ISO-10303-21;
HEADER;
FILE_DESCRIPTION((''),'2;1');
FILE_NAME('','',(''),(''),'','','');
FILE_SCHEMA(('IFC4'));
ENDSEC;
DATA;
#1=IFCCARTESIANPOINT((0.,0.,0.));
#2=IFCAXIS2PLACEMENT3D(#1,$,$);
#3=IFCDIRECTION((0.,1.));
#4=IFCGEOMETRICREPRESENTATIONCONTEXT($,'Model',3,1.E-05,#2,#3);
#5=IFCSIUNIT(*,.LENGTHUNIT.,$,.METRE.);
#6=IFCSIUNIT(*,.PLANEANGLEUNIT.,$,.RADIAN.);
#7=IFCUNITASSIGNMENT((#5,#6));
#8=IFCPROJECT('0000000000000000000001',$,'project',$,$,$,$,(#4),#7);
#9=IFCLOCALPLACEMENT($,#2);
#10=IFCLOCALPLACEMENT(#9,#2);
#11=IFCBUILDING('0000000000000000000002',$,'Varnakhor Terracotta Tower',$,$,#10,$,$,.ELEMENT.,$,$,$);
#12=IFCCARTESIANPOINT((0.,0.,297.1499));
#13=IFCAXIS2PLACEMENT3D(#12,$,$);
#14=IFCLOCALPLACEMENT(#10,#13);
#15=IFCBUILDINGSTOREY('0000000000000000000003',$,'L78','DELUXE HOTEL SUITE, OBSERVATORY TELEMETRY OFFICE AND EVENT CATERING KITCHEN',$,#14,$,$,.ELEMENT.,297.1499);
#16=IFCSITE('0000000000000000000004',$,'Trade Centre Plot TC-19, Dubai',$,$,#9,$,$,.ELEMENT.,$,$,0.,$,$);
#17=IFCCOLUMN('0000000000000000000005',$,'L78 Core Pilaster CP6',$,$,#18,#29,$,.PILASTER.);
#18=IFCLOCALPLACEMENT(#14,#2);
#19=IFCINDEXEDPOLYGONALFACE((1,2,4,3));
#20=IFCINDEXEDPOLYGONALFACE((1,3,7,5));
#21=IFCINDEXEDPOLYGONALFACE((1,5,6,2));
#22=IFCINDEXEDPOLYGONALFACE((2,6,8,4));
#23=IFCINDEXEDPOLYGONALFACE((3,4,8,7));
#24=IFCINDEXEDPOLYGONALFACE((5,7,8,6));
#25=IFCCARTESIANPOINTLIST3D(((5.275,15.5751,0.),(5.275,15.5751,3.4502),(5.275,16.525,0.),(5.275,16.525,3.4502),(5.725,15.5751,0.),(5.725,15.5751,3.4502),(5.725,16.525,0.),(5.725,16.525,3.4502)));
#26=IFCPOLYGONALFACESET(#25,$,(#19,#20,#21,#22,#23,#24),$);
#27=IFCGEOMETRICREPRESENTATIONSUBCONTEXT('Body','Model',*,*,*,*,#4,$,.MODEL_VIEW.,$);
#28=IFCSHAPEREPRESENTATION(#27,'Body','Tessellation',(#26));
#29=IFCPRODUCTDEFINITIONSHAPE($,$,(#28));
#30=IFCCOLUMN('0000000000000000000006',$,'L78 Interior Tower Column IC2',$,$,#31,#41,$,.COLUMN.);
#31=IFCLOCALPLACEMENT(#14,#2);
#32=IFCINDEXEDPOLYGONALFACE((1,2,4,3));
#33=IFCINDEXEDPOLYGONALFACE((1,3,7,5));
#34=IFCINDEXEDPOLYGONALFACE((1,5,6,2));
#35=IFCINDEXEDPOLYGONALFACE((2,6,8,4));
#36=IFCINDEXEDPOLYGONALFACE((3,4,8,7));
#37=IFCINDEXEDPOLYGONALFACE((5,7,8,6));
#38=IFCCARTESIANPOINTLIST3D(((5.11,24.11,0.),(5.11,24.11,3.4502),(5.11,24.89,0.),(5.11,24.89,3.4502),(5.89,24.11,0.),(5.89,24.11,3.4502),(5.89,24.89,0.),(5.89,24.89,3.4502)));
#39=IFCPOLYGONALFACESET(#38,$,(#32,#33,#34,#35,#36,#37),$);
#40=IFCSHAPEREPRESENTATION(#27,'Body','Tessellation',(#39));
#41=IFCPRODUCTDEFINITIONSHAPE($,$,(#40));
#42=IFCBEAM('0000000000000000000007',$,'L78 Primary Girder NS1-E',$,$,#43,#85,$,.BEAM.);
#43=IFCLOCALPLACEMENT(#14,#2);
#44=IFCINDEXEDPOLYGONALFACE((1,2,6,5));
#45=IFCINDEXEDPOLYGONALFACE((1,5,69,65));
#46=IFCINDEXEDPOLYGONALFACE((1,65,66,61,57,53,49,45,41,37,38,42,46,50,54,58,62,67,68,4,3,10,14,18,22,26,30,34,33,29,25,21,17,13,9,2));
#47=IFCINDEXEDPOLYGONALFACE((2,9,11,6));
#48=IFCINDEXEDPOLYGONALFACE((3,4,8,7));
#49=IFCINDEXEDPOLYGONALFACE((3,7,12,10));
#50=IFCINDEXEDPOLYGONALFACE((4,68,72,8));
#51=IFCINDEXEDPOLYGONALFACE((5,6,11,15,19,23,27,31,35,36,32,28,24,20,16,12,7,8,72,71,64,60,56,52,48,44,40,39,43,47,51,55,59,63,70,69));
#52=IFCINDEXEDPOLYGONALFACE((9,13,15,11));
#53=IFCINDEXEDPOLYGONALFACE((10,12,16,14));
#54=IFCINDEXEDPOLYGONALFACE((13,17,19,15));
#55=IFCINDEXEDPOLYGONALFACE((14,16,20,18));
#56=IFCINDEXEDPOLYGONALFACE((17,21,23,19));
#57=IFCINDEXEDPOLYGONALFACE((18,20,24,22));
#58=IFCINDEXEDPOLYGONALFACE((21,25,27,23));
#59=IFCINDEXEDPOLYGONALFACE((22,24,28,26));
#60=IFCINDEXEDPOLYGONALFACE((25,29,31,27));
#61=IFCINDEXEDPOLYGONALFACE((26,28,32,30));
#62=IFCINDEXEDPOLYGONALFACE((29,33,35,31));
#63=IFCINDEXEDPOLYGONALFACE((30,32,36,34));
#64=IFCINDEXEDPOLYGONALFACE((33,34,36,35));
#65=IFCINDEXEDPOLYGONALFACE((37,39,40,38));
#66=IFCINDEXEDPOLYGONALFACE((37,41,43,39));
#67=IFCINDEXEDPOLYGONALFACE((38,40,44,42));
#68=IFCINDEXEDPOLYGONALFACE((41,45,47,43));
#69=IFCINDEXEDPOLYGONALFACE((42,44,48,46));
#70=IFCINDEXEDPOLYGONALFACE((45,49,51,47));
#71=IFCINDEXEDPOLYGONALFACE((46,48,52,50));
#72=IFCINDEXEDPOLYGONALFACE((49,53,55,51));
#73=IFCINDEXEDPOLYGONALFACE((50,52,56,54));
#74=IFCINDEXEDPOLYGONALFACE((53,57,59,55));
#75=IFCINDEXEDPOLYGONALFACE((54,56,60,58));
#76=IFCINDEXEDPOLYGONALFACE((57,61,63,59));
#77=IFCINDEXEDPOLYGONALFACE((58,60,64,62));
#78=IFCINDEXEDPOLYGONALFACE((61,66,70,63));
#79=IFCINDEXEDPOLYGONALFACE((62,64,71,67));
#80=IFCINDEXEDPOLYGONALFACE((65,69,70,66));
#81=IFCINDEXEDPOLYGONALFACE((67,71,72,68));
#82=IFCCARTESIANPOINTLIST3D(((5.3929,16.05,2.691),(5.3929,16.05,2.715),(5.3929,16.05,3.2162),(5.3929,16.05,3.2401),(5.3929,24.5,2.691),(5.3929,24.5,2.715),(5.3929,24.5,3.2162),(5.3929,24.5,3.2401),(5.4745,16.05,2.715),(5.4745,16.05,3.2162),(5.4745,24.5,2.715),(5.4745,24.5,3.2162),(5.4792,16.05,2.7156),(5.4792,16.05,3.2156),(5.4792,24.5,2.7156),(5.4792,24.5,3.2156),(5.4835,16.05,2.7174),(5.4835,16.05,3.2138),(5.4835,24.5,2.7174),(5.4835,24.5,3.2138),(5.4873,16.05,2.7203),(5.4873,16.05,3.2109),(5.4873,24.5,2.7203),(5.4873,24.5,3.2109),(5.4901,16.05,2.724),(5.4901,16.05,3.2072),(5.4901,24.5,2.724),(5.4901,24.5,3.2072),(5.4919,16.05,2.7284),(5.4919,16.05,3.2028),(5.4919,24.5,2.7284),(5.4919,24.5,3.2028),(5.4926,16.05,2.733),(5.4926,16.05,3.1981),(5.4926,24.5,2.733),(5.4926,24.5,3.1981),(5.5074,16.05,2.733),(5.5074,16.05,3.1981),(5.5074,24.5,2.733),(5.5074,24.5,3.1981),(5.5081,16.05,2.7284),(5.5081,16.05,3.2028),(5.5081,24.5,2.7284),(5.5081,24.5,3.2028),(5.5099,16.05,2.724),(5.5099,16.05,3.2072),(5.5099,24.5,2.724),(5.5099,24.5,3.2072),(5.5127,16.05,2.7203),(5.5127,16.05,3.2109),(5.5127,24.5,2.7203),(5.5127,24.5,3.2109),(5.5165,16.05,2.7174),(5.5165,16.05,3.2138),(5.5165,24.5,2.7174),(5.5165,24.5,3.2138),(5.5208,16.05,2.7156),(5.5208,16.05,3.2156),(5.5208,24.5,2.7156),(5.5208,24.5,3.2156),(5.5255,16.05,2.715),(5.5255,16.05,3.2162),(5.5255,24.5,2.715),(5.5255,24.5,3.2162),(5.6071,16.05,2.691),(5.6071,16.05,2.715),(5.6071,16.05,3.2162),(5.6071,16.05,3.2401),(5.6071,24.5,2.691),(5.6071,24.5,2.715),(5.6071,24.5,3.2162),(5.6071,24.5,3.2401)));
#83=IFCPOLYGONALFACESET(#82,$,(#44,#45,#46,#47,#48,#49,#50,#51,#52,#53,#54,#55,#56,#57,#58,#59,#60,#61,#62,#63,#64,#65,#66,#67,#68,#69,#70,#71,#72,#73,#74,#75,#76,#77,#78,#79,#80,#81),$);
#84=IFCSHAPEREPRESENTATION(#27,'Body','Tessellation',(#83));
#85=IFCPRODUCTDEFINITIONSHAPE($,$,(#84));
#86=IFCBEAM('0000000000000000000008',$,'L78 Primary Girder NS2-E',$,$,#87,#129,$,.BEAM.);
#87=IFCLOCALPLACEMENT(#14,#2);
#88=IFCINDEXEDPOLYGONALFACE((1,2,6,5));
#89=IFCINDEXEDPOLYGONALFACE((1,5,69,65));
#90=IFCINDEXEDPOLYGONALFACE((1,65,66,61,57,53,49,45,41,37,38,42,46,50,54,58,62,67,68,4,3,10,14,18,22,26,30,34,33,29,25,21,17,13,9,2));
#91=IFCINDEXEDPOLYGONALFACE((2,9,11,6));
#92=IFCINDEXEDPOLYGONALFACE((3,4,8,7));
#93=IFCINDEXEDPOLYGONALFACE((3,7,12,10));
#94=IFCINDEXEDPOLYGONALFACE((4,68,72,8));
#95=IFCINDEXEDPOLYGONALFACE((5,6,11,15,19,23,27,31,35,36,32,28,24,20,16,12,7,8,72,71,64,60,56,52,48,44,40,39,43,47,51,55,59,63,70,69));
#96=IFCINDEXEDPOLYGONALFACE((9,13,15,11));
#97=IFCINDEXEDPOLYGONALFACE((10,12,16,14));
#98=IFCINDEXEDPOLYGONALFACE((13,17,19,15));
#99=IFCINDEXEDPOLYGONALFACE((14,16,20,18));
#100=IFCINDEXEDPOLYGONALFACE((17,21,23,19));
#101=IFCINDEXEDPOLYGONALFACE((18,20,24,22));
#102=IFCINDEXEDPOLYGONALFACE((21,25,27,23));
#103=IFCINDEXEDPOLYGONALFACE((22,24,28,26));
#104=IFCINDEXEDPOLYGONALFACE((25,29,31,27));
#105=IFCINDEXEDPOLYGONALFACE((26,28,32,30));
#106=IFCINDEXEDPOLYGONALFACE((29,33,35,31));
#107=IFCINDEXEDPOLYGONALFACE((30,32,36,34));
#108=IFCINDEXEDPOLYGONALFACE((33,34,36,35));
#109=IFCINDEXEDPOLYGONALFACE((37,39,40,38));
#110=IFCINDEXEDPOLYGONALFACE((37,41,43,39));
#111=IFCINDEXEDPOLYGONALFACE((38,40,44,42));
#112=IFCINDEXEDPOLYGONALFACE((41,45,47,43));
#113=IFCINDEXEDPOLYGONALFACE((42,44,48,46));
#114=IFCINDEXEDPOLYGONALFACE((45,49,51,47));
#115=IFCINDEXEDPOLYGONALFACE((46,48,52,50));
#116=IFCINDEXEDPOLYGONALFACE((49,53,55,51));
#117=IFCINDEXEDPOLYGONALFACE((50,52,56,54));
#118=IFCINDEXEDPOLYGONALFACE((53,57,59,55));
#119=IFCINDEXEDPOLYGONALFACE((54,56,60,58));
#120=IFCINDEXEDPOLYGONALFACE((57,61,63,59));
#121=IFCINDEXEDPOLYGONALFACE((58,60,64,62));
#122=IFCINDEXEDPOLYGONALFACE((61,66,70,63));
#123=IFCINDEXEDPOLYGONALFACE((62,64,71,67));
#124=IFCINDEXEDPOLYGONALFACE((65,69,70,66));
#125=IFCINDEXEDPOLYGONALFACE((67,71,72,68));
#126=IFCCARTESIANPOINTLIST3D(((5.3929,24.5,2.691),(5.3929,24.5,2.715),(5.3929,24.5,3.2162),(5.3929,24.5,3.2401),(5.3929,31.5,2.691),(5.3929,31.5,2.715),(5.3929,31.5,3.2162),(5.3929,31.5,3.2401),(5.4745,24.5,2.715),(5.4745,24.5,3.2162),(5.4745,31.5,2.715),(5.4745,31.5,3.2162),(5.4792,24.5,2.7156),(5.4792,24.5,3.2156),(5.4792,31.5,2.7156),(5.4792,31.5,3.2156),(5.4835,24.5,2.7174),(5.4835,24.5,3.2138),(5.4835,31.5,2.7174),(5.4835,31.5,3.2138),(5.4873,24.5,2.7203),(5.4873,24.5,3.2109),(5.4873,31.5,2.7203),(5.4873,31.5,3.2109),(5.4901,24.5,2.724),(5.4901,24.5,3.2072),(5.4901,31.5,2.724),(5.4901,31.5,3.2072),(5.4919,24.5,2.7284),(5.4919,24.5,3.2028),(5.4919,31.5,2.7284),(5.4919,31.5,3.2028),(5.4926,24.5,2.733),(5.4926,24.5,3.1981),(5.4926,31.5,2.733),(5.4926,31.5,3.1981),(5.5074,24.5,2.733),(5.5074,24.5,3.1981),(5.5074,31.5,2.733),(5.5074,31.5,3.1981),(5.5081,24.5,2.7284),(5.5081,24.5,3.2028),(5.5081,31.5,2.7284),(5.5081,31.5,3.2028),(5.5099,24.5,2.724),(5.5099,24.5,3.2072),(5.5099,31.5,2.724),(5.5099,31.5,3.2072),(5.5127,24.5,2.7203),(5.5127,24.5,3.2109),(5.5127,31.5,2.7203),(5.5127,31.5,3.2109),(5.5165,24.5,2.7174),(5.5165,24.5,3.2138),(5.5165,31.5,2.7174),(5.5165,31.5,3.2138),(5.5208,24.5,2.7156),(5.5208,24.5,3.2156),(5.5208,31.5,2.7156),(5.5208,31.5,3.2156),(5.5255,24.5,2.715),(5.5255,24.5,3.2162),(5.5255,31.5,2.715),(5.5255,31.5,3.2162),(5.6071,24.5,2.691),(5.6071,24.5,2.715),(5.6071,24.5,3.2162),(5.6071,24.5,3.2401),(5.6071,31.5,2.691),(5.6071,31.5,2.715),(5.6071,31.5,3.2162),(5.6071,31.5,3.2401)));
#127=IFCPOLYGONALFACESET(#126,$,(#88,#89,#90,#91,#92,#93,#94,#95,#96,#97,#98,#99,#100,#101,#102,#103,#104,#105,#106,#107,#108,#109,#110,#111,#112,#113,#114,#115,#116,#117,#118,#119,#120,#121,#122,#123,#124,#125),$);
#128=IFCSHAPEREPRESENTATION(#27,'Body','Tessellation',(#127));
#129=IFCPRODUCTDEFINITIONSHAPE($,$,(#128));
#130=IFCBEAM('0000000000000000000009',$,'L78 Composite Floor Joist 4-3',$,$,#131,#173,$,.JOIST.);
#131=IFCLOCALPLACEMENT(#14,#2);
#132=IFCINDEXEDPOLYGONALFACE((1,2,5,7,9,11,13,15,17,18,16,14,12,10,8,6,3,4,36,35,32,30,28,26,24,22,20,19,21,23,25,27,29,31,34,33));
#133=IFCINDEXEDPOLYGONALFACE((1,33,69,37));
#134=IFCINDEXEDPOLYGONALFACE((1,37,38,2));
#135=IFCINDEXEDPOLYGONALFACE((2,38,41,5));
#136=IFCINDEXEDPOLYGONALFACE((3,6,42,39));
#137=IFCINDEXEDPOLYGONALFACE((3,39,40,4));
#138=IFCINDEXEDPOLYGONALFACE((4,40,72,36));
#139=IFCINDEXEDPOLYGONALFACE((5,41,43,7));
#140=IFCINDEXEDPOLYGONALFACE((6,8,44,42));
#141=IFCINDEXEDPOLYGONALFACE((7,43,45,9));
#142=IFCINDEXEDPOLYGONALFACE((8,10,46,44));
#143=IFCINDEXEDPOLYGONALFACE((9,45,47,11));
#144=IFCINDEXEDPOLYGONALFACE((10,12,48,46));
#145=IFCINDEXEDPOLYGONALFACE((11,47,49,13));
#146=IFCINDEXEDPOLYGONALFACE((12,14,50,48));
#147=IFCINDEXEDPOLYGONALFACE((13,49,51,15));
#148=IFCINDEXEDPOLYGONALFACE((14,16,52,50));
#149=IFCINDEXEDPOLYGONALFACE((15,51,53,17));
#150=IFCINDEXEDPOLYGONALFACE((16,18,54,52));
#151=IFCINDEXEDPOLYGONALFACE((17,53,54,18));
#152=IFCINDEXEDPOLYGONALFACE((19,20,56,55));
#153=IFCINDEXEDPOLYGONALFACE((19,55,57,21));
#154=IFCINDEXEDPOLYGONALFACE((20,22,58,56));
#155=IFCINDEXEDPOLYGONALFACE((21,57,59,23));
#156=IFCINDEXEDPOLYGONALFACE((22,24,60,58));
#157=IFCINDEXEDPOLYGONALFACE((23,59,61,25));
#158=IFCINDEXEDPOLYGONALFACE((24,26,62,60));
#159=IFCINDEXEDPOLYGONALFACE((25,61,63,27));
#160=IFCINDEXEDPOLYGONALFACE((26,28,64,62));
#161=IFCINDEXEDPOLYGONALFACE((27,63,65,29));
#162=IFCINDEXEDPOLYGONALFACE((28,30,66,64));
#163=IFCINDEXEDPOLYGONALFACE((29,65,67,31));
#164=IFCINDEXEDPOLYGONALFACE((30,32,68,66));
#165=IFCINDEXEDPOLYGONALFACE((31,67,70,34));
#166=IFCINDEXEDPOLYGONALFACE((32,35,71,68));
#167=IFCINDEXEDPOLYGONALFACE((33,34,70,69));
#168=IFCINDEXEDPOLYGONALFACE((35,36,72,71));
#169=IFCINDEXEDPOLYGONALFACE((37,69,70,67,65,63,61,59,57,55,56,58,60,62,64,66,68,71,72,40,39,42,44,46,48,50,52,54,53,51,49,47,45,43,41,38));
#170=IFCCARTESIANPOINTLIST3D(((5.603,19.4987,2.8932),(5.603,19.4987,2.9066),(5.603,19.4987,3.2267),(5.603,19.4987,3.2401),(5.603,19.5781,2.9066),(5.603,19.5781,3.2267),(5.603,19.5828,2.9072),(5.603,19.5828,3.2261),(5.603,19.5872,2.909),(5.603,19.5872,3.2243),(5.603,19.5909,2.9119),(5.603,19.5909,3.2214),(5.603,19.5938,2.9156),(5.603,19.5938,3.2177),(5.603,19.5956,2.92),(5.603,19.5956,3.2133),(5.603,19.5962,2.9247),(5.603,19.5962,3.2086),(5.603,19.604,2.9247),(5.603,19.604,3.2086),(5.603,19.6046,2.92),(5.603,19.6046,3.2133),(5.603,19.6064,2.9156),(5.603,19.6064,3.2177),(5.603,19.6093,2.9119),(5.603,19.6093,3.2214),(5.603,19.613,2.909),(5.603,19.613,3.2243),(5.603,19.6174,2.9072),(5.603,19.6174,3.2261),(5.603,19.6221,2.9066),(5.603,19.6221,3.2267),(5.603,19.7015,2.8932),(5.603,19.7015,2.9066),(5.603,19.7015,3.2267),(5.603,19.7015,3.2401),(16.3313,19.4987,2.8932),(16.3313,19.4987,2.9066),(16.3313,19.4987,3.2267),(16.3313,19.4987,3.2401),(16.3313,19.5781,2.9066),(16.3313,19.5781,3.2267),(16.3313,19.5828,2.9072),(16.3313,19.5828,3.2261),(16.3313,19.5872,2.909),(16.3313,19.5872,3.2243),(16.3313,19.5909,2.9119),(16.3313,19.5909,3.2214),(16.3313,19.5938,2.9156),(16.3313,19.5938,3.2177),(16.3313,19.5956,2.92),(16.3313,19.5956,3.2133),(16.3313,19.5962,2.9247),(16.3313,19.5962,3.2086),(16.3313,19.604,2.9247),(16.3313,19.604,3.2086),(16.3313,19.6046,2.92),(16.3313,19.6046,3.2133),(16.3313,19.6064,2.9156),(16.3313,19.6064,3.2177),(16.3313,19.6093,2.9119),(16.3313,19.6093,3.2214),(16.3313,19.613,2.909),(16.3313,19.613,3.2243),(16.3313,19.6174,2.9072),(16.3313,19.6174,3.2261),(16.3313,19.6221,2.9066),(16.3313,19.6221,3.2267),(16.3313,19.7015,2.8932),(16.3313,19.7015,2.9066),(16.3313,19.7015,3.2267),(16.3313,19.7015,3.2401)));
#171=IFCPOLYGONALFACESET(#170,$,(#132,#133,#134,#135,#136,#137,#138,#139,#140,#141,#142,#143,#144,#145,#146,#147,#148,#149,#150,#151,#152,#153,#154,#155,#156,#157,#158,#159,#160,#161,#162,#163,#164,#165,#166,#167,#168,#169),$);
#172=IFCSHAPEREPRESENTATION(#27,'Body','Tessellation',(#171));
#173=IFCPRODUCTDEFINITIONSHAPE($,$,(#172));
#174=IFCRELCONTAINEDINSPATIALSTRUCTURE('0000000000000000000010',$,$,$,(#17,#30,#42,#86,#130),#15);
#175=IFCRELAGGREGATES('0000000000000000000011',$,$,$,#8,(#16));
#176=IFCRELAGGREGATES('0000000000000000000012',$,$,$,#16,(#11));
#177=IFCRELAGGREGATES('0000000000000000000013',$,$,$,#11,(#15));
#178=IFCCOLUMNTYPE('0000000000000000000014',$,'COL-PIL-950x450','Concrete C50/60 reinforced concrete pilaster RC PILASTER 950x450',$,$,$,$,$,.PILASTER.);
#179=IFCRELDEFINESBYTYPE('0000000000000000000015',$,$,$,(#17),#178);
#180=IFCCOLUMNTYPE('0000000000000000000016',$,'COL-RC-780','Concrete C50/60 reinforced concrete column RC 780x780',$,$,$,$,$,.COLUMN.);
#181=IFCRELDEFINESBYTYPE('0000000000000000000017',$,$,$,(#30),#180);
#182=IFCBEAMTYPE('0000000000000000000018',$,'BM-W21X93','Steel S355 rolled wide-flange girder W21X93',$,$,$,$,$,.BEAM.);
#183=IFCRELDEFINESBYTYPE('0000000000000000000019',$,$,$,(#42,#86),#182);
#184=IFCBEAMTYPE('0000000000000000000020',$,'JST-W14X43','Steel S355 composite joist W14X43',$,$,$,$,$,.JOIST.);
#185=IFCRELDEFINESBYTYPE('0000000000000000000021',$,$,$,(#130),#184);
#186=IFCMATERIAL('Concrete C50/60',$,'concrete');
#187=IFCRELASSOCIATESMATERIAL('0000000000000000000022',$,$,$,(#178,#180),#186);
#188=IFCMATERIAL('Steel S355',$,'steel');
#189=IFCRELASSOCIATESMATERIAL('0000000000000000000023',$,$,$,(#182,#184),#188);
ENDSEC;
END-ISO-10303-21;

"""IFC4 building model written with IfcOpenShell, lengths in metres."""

from ifc_helpers import new_model, si_unit, direction, frame, origin, origin_2d, place, context, subcontext, project, spatial, rectangle, i_section, extrude, source, transform, mapped, material, material_profile, profile_set, type_object, type_shapes, element, save


model = new_model("IFC4")

# Units and contexts
model_context = context("Model", 3, precision=1e-05, world=origin(), true_north=direction((0.0, 1.0)))
body_context = subcontext(model_context, "Body", "Model", "MODEL_VIEW")
ifc_project = project(units=[si_unit("LENGTHUNIT", "METRE"), si_unit("PLANEANGLEUNIT", "RADIAN")], contexts=[model_context])

# Site, building, storey
site_placement = place(None, origin())
site = spatial("IfcSite", under=ifc_project, at=site_placement, Name="Trade Centre Plot TC-19, Dubai", CompositionType="ELEMENT", RefElevation=0.0)
building_placement = place(site_placement, origin())
building = spatial("IfcBuilding", under=site, at=building_placement, Name="Varnakhor Terracotta Tower", CompositionType="ELEMENT")
storey_placement = place(building_placement, frame((0.0, 0.0, 297.1499)))
storey = spatial("IfcBuildingStorey", under=building, at=storey_placement, Name="L78", Description="DELUXE HOTEL SUITE, OBSERVATORY TELEMETRY OFFICE AND EVENT CATERING KITCHEN", CompositionType="ELEMENT", Elevation=297.1499)

# Columns
ifc_material_1 = material(Name="Concrete C50/60", Category="concrete")
ifc_material_profile_1 = material_profile(ifc_material_1, rectangle(XDim=0.45, YDim=0.95, at=origin_2d()), Name="RC PILASTER 950x450")
ifc_profile_set_1 = profile_set([ifc_material_profile_1], Name="Concrete C50/60")
column_type_1 = type_object("IfcColumnType", Name="COL-PIL-950x450", Description="Concrete C50/60 reinforced concrete pilaster RC PILASTER 950x450", PredefinedType="PILASTER", material=ifc_profile_set_1)
shared_shape_1 = source(origin(), body_context, "Body", "SweptSolid", [
    extrude(rectangle(XDim=0.45, YDim=0.95, at=origin_2d()), origin(), (0.0, 0.0, 1.0), 3.4502),
])
column_1_placement = place(storey_placement, frame((5.5, 16.05, 0.0), z_axis=(0.0, 0.0, 1.0), x_axis=(1.0, 0.0, 0.0)))
element("IfcColumn", 1, at=column_1_placement, inside=storey, type_object=column_type_1, Name="L78 Core Pilaster CP6", PredefinedType="PILASTER", context=body_context, shape_type="MappedRepresentation", body=[
    mapped(shared_shape_1, transform((0.0, 0.0, 0.0), scale=1.0)),
])
ifc_material_profile_2 = material_profile(ifc_material_1, rectangle(XDim=0.78, YDim=0.78, at=origin_2d()), Name="RC 780x780")
ifc_profile_set_2 = profile_set([ifc_material_profile_2], Name="Concrete C50/60")
column_type_2 = type_object("IfcColumnType", Name="COL-RC-780", Description="Concrete C50/60 reinforced concrete column RC 780x780", PredefinedType="COLUMN", material=ifc_profile_set_2)
shared_shape_2 = source(origin(), body_context, "Body", "SweptSolid", [
    extrude(rectangle(XDim=0.78, YDim=0.78, at=origin_2d()), origin(), (0.0, 0.0, 1.0), 3.4502),
])
column_2_placement = place(storey_placement, frame((5.5, 24.5, 0.0), z_axis=(0.0, 0.0, 1.0), x_axis=(1.0, 0.0, 0.0)))
element("IfcColumn", 2, at=column_2_placement, inside=storey, type_object=column_type_2, Name="L78 Interior Tower Column IC2", PredefinedType="COLUMN", context=body_context, shape_type="MappedRepresentation", body=[
    mapped(shared_shape_2, transform((0.0, 0.0, 0.0), scale=1.0)),
])

# Beams
ifc_material_2 = material(Name="Steel S355", Category="steel")
ifc_material_profile_3 = material_profile(ifc_material_2, i_section(OverallWidth=0.2141, OverallDepth=0.5491, WebThickness=0.0149, FlangeThickness=0.0239, FilletRadius=0.0181, at=origin_2d()), Name="W21X93")
ifc_profile_set_3 = profile_set([ifc_material_profile_3], Name="Steel S355")
beam_type_1 = type_object("IfcBeamType", Name="BM-W21X93", Description="Steel S355 rolled wide-flange girder W21X93", PredefinedType="BEAM", material=ifc_profile_set_3)
shared_shape_3 = source(origin(), body_context, "Body", "SweptSolid", [
    extrude(i_section(OverallWidth=0.2141, OverallDepth=0.5491, WebThickness=0.0149, FlangeThickness=0.0239, FilletRadius=0.0181, at=origin_2d()), origin(), (0.0, 0.0, 1.0), 8.45),
])
type_shapes(beam_type_1, [shared_shape_3])
beam_1_placement = place(storey_placement, frame((5.5, 16.05, 2.9656), z_axis=(0.0, 1.0, 0.0), x_axis=(-1.0, 0.0, 0.0)))
element("IfcBeam", 3, at=beam_1_placement, inside=storey, type_object=beam_type_1, Name="L78 Primary Girder NS1-E", PredefinedType="BEAM", context=body_context, shape_type="MappedRepresentation", body=[
    mapped(shared_shape_3, transform((0.0, 0.0, 0.0), scale=1.0)),
])
shared_shape_4 = source(origin(), body_context, "Body", "SweptSolid", [
    extrude(i_section(OverallWidth=0.2141, OverallDepth=0.5491, WebThickness=0.0149, FlangeThickness=0.0239, FilletRadius=0.0181, at=origin_2d()), origin(), (0.0, 0.0, 1.0), 7.0),
])
beam_2_placement = place(storey_placement, frame((5.5, 24.5, 2.9656), z_axis=(0.0, 1.0, 0.0), x_axis=(-1.0, 0.0, 0.0)))
element("IfcBeam", 4, at=beam_2_placement, inside=storey, type_object=beam_type_1, Name="L78 Primary Girder NS2-E", PredefinedType="BEAM", context=body_context, shape_type="MappedRepresentation", body=[
    mapped(shared_shape_4, transform((0.0, 0.0, 0.0), scale=1.0)),
])
ifc_material_profile_4 = material_profile(ifc_material_2, i_section(OverallWidth=0.2029, OverallDepth=0.3469, WebThickness=0.0078, FlangeThickness=0.0134, FilletRadius=0.0181, at=origin_2d()), Name="W14X43")
ifc_profile_set_4 = profile_set([ifc_material_profile_4], Name="Steel S355")
beam_type_2 = type_object("IfcBeamType", Name="JST-W14X43", Description="Steel S355 composite joist W14X43", PredefinedType="JOIST", material=ifc_profile_set_4)
shared_shape_5 = source(origin(), body_context, "Body", "SweptSolid", [
    extrude(i_section(OverallWidth=0.2029, OverallDepth=0.3469, WebThickness=0.0078, FlangeThickness=0.0134, FilletRadius=0.0181, at=origin_2d()), origin(), (0.0, 0.0, 1.0), 10.7283),
])
beam_3_placement = place(storey_placement, frame((5.603, 19.6001, 3.0667), z_axis=(1.0, 0.0, 0.0), x_axis=(0.0, 1.0, 0.0)))
element("IfcBeam", 5, at=beam_3_placement, inside=storey, type_object=beam_type_2, Name="L78 Composite Floor Joist 4-3", PredefinedType="JOIST", context=body_context, shape_type="MappedRepresentation", body=[
    mapped(shared_shape_5, transform((0.0, 0.0, 0.0), scale=1.0)),
])

save(model, "model.ifc")
